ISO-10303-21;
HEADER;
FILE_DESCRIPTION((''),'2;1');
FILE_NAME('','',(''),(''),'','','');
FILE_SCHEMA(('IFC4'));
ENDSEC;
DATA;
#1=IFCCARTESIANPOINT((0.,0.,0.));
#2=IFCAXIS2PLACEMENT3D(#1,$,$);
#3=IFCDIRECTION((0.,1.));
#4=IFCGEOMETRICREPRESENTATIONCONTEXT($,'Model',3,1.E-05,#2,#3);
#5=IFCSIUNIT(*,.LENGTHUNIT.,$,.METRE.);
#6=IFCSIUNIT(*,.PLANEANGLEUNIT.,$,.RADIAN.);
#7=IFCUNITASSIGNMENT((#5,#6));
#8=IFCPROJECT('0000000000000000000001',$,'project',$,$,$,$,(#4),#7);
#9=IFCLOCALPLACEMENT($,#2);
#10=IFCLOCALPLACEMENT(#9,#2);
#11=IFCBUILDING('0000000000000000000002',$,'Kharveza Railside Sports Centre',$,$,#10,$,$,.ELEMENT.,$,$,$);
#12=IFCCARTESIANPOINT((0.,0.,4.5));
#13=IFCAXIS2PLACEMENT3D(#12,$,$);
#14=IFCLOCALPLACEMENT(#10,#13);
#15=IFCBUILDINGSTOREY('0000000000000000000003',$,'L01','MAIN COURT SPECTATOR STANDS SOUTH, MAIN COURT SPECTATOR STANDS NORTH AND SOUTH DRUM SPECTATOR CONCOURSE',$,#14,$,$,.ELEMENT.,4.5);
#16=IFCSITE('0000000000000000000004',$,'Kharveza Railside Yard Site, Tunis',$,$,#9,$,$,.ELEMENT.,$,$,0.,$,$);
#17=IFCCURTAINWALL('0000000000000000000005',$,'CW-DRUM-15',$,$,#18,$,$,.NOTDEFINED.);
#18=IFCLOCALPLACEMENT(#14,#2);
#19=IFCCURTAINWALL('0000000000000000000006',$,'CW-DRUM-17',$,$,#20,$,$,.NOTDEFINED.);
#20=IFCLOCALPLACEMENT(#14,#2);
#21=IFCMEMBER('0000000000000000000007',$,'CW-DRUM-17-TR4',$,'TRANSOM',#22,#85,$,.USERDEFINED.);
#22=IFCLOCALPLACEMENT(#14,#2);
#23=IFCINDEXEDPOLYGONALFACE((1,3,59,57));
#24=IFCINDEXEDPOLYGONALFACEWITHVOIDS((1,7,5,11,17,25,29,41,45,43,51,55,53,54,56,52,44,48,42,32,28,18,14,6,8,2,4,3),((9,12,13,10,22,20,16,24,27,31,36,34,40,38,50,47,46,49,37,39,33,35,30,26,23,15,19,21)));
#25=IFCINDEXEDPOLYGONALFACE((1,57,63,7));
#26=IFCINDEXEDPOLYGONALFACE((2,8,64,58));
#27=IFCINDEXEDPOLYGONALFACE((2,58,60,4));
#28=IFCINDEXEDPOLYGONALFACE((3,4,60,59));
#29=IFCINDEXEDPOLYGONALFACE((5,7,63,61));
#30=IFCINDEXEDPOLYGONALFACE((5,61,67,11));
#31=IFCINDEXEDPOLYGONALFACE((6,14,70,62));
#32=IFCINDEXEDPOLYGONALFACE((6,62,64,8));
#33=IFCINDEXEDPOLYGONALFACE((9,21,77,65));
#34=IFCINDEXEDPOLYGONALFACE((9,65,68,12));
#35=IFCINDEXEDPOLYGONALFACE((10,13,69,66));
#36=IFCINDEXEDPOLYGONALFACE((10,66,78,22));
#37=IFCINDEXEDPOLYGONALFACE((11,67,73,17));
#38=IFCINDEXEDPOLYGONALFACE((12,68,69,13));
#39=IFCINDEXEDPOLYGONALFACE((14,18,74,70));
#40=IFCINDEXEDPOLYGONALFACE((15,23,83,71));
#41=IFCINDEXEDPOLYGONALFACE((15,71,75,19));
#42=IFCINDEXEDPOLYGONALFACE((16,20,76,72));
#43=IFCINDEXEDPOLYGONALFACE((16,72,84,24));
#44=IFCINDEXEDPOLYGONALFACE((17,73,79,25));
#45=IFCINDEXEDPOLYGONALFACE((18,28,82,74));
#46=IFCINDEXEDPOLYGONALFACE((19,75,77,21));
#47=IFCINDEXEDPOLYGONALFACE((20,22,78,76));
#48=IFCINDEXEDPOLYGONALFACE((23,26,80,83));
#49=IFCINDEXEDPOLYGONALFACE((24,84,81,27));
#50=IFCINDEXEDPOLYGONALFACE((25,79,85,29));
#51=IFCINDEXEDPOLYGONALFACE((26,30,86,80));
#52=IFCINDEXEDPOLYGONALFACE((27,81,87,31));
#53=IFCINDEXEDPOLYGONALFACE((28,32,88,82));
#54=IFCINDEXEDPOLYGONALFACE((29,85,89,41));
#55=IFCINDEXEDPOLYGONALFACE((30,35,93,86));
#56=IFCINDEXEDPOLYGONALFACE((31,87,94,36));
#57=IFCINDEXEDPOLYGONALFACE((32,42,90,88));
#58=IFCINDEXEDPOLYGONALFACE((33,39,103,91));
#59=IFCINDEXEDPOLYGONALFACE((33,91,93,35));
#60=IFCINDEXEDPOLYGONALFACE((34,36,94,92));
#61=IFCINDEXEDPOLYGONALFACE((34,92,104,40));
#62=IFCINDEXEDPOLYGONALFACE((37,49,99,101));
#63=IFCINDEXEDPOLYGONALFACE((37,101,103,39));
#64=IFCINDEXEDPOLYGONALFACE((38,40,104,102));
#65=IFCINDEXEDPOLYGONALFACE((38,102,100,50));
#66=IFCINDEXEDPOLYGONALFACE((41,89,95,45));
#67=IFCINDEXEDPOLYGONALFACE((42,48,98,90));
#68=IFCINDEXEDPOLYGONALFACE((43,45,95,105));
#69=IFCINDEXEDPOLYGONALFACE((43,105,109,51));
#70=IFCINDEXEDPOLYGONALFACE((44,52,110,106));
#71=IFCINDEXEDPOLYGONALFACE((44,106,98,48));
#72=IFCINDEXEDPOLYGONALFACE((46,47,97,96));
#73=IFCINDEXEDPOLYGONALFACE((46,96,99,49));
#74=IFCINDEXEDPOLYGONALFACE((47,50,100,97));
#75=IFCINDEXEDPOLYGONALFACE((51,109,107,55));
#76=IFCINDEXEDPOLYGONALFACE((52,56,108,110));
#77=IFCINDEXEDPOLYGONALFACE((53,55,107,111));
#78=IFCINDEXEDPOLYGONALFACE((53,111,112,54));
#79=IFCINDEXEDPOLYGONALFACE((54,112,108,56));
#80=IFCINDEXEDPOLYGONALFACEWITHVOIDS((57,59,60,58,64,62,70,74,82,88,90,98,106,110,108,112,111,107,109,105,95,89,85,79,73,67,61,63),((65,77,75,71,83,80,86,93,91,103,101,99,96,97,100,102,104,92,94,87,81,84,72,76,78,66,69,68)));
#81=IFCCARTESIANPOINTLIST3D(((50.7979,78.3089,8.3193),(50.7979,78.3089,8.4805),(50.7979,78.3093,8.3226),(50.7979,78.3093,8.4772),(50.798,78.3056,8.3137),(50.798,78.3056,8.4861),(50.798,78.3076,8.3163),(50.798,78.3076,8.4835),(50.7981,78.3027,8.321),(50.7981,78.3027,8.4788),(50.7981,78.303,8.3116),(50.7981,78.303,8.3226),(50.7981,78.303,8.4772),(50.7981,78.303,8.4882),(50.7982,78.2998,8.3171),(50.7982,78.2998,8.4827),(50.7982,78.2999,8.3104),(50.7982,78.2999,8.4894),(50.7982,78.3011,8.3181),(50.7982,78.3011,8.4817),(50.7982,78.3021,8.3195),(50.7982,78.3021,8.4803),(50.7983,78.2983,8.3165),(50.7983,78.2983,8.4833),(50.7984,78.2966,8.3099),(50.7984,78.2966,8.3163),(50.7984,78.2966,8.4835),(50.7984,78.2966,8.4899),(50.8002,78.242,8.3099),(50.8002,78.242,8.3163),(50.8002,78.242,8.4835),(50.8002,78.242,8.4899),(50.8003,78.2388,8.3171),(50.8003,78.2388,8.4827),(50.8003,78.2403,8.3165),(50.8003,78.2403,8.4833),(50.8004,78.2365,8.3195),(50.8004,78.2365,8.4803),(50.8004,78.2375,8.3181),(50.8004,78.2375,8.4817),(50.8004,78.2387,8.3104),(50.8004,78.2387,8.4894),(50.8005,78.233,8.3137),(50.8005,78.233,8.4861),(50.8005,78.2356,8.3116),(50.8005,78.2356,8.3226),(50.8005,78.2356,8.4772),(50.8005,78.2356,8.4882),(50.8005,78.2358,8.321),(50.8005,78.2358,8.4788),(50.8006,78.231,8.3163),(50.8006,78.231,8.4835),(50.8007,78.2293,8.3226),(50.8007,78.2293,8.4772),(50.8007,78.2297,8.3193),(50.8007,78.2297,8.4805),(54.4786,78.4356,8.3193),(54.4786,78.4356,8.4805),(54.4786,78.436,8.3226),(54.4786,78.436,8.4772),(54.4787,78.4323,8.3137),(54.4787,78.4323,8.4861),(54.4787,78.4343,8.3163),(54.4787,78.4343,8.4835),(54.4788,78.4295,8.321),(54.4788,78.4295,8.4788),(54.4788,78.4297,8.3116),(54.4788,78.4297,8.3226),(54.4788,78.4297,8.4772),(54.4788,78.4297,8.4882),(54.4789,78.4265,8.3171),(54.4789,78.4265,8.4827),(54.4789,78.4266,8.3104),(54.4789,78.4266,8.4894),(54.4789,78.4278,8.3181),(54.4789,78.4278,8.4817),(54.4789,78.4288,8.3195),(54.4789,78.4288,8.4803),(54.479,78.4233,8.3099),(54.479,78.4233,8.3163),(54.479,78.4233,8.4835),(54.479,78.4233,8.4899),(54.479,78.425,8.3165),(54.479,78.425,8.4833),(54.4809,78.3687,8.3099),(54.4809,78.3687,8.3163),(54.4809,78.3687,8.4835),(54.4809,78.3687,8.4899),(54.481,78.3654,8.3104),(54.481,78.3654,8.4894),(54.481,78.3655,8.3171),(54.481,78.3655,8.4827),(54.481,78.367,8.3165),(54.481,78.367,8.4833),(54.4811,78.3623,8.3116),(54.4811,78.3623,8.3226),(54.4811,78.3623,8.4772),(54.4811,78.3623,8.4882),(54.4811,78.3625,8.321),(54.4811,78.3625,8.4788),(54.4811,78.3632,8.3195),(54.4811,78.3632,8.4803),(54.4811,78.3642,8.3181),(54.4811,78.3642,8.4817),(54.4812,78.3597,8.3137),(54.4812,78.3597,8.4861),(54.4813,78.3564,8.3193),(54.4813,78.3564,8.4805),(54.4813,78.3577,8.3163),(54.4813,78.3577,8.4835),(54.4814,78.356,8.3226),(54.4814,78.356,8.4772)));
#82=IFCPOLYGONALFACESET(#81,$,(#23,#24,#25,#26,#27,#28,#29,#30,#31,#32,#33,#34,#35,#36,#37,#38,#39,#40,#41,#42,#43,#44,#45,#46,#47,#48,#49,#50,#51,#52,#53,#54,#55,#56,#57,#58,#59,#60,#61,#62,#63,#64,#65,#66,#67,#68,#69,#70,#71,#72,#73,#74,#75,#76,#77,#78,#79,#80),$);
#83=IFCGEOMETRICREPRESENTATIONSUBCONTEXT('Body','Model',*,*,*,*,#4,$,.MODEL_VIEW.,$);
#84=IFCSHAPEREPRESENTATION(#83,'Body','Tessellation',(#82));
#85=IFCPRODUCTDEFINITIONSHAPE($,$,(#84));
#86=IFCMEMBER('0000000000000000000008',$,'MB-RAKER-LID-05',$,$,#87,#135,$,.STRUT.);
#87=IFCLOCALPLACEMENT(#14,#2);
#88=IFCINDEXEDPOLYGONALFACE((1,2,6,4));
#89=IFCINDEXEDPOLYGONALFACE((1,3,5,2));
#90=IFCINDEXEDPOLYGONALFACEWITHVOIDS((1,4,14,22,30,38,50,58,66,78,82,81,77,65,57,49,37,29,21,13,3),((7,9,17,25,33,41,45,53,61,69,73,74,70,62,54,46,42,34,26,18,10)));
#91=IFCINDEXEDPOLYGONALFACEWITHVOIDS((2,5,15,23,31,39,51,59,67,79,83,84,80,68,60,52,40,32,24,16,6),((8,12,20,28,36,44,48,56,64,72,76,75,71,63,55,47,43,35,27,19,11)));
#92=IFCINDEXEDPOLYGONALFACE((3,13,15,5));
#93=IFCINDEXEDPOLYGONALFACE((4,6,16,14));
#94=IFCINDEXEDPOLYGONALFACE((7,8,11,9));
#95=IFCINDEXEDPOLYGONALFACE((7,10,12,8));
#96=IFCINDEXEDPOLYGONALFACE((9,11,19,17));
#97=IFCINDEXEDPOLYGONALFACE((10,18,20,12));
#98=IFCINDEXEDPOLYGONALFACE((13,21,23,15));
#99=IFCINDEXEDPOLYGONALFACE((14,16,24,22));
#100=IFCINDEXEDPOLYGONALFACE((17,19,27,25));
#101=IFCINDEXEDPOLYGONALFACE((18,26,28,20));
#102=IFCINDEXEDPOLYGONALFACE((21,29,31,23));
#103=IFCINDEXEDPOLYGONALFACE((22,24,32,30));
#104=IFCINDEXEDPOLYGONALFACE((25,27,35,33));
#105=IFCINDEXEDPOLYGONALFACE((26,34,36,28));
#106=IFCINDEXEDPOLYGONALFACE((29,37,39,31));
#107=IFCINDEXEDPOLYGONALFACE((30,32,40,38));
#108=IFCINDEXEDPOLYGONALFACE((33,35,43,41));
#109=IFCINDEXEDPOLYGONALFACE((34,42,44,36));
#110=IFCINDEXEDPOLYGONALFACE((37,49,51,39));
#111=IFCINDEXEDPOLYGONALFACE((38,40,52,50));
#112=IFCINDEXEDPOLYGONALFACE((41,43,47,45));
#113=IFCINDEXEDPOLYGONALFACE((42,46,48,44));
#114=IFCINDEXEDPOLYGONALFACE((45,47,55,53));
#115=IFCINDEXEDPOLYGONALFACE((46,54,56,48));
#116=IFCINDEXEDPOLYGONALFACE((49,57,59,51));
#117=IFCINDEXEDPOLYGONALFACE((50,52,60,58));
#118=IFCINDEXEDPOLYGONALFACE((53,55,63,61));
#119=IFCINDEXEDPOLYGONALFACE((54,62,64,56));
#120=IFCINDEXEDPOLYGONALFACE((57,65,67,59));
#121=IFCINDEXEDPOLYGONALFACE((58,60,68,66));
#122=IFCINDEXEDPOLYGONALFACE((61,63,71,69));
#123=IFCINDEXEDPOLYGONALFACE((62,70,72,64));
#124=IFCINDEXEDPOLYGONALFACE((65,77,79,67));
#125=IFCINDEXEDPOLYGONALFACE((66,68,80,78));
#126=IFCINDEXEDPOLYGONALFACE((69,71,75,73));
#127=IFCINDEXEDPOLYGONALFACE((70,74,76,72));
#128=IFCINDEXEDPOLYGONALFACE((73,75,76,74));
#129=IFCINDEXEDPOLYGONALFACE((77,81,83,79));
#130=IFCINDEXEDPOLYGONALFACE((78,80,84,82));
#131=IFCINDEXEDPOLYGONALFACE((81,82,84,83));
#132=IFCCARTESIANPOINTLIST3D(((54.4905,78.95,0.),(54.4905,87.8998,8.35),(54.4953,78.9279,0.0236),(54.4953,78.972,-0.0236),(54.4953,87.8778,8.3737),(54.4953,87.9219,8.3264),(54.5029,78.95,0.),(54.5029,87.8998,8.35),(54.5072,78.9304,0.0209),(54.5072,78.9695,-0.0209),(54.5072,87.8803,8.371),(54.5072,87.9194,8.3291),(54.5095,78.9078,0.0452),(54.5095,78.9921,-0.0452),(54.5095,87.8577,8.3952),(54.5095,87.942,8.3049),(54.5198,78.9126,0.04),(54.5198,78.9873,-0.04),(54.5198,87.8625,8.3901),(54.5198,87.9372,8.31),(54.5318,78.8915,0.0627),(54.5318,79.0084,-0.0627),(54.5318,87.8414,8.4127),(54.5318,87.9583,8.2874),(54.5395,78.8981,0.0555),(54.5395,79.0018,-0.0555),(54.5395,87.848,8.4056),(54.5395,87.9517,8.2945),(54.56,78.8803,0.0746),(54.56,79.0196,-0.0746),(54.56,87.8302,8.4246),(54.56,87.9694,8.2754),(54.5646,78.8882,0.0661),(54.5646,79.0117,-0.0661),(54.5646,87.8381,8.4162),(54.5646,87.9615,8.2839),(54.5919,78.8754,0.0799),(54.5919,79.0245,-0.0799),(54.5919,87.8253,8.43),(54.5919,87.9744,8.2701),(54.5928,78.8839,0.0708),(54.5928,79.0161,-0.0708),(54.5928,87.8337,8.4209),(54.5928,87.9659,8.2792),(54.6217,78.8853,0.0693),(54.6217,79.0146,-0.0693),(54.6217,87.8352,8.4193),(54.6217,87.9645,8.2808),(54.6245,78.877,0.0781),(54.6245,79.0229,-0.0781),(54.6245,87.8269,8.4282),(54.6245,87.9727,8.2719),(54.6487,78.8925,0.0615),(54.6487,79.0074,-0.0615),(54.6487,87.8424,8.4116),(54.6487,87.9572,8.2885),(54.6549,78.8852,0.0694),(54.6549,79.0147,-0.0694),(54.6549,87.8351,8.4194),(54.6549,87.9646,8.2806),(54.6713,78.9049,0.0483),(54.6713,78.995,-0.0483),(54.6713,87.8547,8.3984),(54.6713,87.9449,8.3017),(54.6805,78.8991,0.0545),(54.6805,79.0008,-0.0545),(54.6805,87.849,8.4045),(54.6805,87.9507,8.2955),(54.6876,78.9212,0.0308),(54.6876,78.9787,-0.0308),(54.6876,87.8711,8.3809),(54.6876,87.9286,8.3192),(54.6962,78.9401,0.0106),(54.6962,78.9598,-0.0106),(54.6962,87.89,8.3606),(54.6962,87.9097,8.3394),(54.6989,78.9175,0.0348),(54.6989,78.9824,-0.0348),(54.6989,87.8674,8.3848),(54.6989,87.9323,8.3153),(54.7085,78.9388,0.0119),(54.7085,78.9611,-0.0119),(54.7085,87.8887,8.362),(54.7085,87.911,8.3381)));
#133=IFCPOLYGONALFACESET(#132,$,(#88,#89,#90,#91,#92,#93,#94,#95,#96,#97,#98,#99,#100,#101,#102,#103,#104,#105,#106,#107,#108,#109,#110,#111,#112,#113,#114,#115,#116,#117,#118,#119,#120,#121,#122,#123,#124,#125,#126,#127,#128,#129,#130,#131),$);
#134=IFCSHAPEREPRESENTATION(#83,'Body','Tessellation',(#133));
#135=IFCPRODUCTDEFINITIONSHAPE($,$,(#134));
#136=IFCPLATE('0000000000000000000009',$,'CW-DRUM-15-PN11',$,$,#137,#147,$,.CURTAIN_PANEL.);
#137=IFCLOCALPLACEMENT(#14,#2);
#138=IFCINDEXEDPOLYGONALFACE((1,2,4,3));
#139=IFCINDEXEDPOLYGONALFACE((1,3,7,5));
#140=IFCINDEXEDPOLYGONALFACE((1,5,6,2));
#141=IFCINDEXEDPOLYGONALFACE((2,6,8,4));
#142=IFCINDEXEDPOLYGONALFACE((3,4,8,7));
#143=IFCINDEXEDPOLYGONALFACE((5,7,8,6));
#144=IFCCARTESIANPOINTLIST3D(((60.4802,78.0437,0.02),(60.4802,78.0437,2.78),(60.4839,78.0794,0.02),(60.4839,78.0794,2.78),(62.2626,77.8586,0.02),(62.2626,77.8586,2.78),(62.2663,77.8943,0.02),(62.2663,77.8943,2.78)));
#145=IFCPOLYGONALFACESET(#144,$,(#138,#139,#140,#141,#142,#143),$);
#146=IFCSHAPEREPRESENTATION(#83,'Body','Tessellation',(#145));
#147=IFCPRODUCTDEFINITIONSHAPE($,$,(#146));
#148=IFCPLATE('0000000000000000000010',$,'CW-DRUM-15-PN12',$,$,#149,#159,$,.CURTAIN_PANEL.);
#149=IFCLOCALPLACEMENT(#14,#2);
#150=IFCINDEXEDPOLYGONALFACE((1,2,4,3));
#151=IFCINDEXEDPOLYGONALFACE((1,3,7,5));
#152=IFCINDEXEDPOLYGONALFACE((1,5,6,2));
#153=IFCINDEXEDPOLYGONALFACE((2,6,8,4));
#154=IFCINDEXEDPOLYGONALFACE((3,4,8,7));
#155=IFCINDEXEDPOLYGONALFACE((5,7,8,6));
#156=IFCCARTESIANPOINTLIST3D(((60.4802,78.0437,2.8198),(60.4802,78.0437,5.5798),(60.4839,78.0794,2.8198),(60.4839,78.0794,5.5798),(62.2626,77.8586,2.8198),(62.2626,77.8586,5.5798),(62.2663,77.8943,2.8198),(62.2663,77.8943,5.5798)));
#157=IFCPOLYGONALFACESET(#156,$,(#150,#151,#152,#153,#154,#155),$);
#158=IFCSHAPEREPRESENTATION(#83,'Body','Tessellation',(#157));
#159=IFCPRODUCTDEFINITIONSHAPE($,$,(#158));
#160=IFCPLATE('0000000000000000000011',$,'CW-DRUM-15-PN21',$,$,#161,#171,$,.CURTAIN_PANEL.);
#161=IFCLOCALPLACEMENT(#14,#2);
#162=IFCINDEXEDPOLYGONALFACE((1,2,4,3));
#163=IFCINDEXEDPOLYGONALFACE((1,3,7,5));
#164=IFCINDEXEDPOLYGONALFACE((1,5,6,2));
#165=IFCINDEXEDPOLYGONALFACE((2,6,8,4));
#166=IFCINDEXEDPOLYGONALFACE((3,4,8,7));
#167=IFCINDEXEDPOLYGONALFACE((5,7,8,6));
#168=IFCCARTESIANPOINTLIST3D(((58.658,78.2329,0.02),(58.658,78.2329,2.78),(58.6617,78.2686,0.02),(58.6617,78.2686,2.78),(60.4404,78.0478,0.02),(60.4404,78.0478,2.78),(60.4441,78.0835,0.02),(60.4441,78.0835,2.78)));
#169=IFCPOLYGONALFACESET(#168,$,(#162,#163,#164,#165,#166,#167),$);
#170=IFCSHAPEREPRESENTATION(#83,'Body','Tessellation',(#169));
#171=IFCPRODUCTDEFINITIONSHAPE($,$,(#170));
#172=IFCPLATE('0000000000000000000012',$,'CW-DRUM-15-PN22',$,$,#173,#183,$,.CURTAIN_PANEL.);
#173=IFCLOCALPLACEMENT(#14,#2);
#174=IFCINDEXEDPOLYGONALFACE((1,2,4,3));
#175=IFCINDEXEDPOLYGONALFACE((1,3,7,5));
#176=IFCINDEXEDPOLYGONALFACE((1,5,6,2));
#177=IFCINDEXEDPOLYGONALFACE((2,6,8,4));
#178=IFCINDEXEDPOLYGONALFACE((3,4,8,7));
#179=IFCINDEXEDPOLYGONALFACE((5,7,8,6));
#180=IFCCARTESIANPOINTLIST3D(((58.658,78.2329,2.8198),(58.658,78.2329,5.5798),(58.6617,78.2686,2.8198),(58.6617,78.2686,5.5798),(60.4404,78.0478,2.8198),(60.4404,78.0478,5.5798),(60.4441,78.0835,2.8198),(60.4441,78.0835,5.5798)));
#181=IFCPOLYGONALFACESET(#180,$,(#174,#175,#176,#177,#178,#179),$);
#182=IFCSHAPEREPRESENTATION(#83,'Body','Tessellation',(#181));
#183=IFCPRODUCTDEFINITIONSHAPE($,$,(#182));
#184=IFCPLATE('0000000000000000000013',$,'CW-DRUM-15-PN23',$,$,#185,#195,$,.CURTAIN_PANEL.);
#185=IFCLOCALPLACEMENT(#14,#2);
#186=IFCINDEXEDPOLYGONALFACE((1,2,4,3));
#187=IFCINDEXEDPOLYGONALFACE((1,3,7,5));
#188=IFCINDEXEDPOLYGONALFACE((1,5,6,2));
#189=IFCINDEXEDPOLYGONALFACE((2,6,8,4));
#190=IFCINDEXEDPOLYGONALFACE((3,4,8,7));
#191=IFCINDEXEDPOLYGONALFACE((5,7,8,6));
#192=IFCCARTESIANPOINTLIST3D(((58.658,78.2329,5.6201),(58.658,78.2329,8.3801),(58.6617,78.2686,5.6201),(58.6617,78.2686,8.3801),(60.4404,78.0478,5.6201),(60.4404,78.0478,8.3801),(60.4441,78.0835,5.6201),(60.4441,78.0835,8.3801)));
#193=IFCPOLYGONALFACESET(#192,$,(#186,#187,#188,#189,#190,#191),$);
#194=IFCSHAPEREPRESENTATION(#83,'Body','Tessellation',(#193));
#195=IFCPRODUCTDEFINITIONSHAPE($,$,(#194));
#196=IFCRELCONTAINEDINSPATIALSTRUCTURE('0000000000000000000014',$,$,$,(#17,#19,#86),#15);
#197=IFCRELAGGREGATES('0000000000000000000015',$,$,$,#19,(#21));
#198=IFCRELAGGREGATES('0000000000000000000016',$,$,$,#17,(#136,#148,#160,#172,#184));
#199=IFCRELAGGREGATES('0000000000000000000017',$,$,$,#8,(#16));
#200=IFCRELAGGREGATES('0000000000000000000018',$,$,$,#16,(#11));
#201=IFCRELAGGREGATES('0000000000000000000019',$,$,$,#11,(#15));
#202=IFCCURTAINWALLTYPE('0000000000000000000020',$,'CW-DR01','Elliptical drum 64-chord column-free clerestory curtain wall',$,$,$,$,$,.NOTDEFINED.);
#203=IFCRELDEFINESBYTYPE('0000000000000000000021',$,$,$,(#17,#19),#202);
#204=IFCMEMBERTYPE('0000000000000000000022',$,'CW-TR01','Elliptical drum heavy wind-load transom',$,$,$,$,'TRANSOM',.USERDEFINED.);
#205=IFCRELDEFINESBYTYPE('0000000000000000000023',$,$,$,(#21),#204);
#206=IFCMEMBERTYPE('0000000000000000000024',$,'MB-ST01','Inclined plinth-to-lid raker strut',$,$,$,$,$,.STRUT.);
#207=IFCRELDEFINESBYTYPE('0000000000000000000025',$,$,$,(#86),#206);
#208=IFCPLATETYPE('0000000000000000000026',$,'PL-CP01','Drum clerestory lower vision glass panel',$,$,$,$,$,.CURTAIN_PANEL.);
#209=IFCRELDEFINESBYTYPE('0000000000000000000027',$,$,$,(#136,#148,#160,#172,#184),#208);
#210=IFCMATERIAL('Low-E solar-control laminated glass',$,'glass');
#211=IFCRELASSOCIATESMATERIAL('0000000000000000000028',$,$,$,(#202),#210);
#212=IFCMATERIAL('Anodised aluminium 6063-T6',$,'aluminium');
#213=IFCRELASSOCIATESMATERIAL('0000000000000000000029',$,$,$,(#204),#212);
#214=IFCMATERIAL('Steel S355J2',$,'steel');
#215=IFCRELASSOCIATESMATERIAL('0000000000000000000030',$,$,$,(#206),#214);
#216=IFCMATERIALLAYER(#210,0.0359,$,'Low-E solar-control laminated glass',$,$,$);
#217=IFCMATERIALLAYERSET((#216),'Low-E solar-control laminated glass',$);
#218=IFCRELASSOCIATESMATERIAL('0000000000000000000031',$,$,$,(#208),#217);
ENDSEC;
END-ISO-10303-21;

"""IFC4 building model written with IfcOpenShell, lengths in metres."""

from ifc_helpers import new_model, si_unit, direction, frame, origin, origin_2d, place, context, subcontext, project, spatial, rectangle, hollow_rectangle, hollow_circle, extrude, material, layer, layer_set, material_profile, profile_set, type_object, element, aggregate, save


model = new_model("IFC4")

# Units and contexts
model_context = context("Model", 3, precision=1e-05, world=origin(), true_north=direction((0.0, 1.0)))
body_context = subcontext(model_context, "Body", "Model", "MODEL_VIEW")
ifc_project = project(units=[si_unit("LENGTHUNIT", "METRE"), si_unit("PLANEANGLEUNIT", "RADIAN")], contexts=[model_context])

# Site, building, storey
site_placement = place(None, origin())
site = spatial("IfcSite", under=ifc_project, at=site_placement, Name="Kharveza Railside Yard Site, Tunis", CompositionType="ELEMENT", RefElevation=0.0)
building_placement = place(site_placement, origin())
building = spatial("IfcBuilding", under=site, at=building_placement, Name="Kharveza Railside Sports Centre", CompositionType="ELEMENT")
storey_placement = place(building_placement, frame((0.0, 0.0, 4.5)))
storey = spatial("IfcBuildingStorey", under=building, at=storey_placement, Name="L01", Description="MAIN COURT SPECTATOR STANDS SOUTH, MAIN COURT SPECTATOR STANDS NORTH AND SOUTH DRUM SPECTATOR CONCOURSE", CompositionType="ELEMENT", Elevation=4.5)

# Shared definitions
ifc_material_1 = material(Name="Steel S355J2", Category="steel")

# Curtain walls, member
ifc_material_2 = material(Name="Low-E solar-control laminated glass", Category="glass")
curtain_wall_type = type_object("IfcCurtainWallType", Name="CW-DR01", Description="Elliptical drum 64-chord column-free clerestory curtain wall", PredefinedType="NOTDEFINED", material=ifc_material_2)
curtain_wall_1_placement = place(storey_placement, origin())
curtain_wall_1 = element("IfcCurtainWall", 1, at=curtain_wall_1_placement, inside=storey, type_object=curtain_wall_type, Name="CW-DRUM-15", PredefinedType="NOTDEFINED")
ifc_material_3 = material(Name="Anodised aluminium 6063-T6", Category="aluminium")
ifc_material_profile_1 = material_profile(ifc_material_3, hollow_rectangle(XDim=0.0801, YDim=0.1799, WallThickness=0.0063, InnerFilletRadius=0.0063, OuterFilletRadius=0.0127, at=origin_2d()), Name="RHS 80x180x6.3")
ifc_profile_set_1 = profile_set([ifc_material_profile_1], Name="Anodised aluminium 6063-T6")
member_type_1 = type_object("IfcMemberType", Name="CW-TR01", Description="Elliptical drum heavy wind-load transom", ElementType="TRANSOM", PredefinedType="USERDEFINED", material=ifc_profile_set_1)
curtain_wall_2_placement = place(storey_placement, origin())
curtain_wall_2 = element("IfcCurtainWall", 2, at=curtain_wall_2_placement, inside=storey, type_object=curtain_wall_type, Name="CW-DRUM-17", PredefinedType="NOTDEFINED")
member_1_placement = place(storey_placement, frame((54.48, 78.396, 8.3999), z_axis=(-0.999408, -0.034405, 0.0), x_axis=(0.034405, -0.999408, 0.0)))
member_1 = element("IfcMember", 3, at=member_1_placement, type_object=member_type_1, Name="CW-DRUM-17-TR4", ObjectType="TRANSOM", PredefinedType="USERDEFINED", context=body_context, shape_type="SweptSolid", body=[
    extrude(hollow_rectangle(XDim=0.0801, YDim=0.1799, WallThickness=0.0063, InnerFilletRadius=0.0063, OuterFilletRadius=0.0127, at=origin_2d()), origin(), (0.0, 0.0, 1.0), 3.6829),
])
aggregate(curtain_wall_2, [member_1])

# Member
ifc_material_profile_2 = material_profile(ifc_material_1, hollow_circle(Radius=0.1096, WallThickness=0.0125, at=origin_2d()), Name="CHS 219.1x12.5")
ifc_profile_set_2 = profile_set([ifc_material_profile_2], Name="Steel S355J2")
member_type_2 = type_object("IfcMemberType", Name="MB-ST01", Description="Inclined plinth-to-lid raker strut", PredefinedType="STRUT", material=ifc_profile_set_2)
member_2_placement = place(storey_placement, frame((54.6001, 78.95, 0.0), z_axis=(0.0, 0.731185, 0.682179), x_axis=(-1.0, 0.0, 0.0)))
element("IfcMember", 4, at=member_2_placement, inside=storey, type_object=member_type_2, Name="MB-RAKER-LID-05", PredefinedType="STRUT", context=body_context, shape_type="SweptSolid", body=[
    extrude(hollow_circle(Radius=0.1096, WallThickness=0.0125, at=origin_2d()), origin(), (0.0, 0.0, 1.0), 12.2402),
])

# Plates
ifc_layer_1 = layer(ifc_material_2, 0.0359, Name="Low-E solar-control laminated glass")
ifc_layer_set_1 = layer_set([ifc_layer_1], Name="Low-E solar-control laminated glass")
plate_type_1 = type_object("IfcPlateType", Name="PL-CP01", Description="Drum clerestory lower vision glass panel", PredefinedType="CURTAIN_PANEL", material=ifc_layer_set_1)
plate_1_placement = place(storey_placement, frame((61.3733, 77.969, 0.02), z_axis=(0.0, 0.0, 1.0), x_axis=(-0.994652, 0.103279, 0.0)))
plate_1 = element("IfcPlate", 5, at=plate_1_placement, type_object=plate_type_1, Name="CW-DRUM-15-PN11", PredefinedType="CURTAIN_PANEL", context=body_context, shape_type="SweptSolid", body=[
    extrude(rectangle(XDim=1.792, YDim=0.0359, at=origin_2d()), origin(), (0.0, 0.0, 1.0), 2.76),
])
plate_2_placement = place(storey_placement, frame((61.3733, 77.969, 2.8198), z_axis=(0.0, 0.0, 1.0), x_axis=(-0.994652, 0.103279, 0.0)))
plate_2 = element("IfcPlate", 6, at=plate_2_placement, type_object=plate_type_1, Name="CW-DRUM-15-PN12", PredefinedType="CURTAIN_PANEL", context=body_context, shape_type="SweptSolid", body=[
    extrude(rectangle(XDim=1.792, YDim=0.0359, at=origin_2d()), origin(), (0.0, 0.0, 1.0), 2.76),
])
plate_3_placement = place(storey_placement, frame((59.551, 78.1582, 0.02), z_axis=(0.0, 0.0, 1.0), x_axis=(-0.994652, 0.103279, 0.0)))
plate_3 = element("IfcPlate", 7, at=plate_3_placement, type_object=plate_type_1, Name="CW-DRUM-15-PN21", PredefinedType="CURTAIN_PANEL", context=body_context, shape_type="SweptSolid", body=[
    extrude(rectangle(XDim=1.792, YDim=0.0359, at=origin_2d()), origin(), (0.0, 0.0, 1.0), 2.76),
])
plate_4_placement = place(storey_placement, frame((59.551, 78.1582, 2.8198), z_axis=(0.0, 0.0, 1.0), x_axis=(-0.994652, 0.103279, 0.0)))
plate_4 = element("IfcPlate", 8, at=plate_4_placement, type_object=plate_type_1, Name="CW-DRUM-15-PN22", PredefinedType="CURTAIN_PANEL", context=body_context, shape_type="SweptSolid", body=[
    extrude(rectangle(XDim=1.792, YDim=0.0359, at=origin_2d()), origin(), (0.0, 0.0, 1.0), 2.76),
])
plate_5_placement = place(storey_placement, frame((59.551, 78.1582, 5.6201), z_axis=(0.0, 0.0, 1.0), x_axis=(-0.994652, 0.103279, 0.0)))
plate_5 = element("IfcPlate", 9, at=plate_5_placement, type_object=plate_type_1, Name="CW-DRUM-15-PN23", PredefinedType="CURTAIN_PANEL", context=body_context, shape_type="SweptSolid", body=[
    extrude(rectangle(XDim=1.792, YDim=0.0359, at=origin_2d()), origin(), (0.0, 0.0, 1.0), 2.76),
])
aggregate(curtain_wall_1, [plate_1, plate_2, plate_3, plate_4, plate_5])

save(model, "model.ifc")
